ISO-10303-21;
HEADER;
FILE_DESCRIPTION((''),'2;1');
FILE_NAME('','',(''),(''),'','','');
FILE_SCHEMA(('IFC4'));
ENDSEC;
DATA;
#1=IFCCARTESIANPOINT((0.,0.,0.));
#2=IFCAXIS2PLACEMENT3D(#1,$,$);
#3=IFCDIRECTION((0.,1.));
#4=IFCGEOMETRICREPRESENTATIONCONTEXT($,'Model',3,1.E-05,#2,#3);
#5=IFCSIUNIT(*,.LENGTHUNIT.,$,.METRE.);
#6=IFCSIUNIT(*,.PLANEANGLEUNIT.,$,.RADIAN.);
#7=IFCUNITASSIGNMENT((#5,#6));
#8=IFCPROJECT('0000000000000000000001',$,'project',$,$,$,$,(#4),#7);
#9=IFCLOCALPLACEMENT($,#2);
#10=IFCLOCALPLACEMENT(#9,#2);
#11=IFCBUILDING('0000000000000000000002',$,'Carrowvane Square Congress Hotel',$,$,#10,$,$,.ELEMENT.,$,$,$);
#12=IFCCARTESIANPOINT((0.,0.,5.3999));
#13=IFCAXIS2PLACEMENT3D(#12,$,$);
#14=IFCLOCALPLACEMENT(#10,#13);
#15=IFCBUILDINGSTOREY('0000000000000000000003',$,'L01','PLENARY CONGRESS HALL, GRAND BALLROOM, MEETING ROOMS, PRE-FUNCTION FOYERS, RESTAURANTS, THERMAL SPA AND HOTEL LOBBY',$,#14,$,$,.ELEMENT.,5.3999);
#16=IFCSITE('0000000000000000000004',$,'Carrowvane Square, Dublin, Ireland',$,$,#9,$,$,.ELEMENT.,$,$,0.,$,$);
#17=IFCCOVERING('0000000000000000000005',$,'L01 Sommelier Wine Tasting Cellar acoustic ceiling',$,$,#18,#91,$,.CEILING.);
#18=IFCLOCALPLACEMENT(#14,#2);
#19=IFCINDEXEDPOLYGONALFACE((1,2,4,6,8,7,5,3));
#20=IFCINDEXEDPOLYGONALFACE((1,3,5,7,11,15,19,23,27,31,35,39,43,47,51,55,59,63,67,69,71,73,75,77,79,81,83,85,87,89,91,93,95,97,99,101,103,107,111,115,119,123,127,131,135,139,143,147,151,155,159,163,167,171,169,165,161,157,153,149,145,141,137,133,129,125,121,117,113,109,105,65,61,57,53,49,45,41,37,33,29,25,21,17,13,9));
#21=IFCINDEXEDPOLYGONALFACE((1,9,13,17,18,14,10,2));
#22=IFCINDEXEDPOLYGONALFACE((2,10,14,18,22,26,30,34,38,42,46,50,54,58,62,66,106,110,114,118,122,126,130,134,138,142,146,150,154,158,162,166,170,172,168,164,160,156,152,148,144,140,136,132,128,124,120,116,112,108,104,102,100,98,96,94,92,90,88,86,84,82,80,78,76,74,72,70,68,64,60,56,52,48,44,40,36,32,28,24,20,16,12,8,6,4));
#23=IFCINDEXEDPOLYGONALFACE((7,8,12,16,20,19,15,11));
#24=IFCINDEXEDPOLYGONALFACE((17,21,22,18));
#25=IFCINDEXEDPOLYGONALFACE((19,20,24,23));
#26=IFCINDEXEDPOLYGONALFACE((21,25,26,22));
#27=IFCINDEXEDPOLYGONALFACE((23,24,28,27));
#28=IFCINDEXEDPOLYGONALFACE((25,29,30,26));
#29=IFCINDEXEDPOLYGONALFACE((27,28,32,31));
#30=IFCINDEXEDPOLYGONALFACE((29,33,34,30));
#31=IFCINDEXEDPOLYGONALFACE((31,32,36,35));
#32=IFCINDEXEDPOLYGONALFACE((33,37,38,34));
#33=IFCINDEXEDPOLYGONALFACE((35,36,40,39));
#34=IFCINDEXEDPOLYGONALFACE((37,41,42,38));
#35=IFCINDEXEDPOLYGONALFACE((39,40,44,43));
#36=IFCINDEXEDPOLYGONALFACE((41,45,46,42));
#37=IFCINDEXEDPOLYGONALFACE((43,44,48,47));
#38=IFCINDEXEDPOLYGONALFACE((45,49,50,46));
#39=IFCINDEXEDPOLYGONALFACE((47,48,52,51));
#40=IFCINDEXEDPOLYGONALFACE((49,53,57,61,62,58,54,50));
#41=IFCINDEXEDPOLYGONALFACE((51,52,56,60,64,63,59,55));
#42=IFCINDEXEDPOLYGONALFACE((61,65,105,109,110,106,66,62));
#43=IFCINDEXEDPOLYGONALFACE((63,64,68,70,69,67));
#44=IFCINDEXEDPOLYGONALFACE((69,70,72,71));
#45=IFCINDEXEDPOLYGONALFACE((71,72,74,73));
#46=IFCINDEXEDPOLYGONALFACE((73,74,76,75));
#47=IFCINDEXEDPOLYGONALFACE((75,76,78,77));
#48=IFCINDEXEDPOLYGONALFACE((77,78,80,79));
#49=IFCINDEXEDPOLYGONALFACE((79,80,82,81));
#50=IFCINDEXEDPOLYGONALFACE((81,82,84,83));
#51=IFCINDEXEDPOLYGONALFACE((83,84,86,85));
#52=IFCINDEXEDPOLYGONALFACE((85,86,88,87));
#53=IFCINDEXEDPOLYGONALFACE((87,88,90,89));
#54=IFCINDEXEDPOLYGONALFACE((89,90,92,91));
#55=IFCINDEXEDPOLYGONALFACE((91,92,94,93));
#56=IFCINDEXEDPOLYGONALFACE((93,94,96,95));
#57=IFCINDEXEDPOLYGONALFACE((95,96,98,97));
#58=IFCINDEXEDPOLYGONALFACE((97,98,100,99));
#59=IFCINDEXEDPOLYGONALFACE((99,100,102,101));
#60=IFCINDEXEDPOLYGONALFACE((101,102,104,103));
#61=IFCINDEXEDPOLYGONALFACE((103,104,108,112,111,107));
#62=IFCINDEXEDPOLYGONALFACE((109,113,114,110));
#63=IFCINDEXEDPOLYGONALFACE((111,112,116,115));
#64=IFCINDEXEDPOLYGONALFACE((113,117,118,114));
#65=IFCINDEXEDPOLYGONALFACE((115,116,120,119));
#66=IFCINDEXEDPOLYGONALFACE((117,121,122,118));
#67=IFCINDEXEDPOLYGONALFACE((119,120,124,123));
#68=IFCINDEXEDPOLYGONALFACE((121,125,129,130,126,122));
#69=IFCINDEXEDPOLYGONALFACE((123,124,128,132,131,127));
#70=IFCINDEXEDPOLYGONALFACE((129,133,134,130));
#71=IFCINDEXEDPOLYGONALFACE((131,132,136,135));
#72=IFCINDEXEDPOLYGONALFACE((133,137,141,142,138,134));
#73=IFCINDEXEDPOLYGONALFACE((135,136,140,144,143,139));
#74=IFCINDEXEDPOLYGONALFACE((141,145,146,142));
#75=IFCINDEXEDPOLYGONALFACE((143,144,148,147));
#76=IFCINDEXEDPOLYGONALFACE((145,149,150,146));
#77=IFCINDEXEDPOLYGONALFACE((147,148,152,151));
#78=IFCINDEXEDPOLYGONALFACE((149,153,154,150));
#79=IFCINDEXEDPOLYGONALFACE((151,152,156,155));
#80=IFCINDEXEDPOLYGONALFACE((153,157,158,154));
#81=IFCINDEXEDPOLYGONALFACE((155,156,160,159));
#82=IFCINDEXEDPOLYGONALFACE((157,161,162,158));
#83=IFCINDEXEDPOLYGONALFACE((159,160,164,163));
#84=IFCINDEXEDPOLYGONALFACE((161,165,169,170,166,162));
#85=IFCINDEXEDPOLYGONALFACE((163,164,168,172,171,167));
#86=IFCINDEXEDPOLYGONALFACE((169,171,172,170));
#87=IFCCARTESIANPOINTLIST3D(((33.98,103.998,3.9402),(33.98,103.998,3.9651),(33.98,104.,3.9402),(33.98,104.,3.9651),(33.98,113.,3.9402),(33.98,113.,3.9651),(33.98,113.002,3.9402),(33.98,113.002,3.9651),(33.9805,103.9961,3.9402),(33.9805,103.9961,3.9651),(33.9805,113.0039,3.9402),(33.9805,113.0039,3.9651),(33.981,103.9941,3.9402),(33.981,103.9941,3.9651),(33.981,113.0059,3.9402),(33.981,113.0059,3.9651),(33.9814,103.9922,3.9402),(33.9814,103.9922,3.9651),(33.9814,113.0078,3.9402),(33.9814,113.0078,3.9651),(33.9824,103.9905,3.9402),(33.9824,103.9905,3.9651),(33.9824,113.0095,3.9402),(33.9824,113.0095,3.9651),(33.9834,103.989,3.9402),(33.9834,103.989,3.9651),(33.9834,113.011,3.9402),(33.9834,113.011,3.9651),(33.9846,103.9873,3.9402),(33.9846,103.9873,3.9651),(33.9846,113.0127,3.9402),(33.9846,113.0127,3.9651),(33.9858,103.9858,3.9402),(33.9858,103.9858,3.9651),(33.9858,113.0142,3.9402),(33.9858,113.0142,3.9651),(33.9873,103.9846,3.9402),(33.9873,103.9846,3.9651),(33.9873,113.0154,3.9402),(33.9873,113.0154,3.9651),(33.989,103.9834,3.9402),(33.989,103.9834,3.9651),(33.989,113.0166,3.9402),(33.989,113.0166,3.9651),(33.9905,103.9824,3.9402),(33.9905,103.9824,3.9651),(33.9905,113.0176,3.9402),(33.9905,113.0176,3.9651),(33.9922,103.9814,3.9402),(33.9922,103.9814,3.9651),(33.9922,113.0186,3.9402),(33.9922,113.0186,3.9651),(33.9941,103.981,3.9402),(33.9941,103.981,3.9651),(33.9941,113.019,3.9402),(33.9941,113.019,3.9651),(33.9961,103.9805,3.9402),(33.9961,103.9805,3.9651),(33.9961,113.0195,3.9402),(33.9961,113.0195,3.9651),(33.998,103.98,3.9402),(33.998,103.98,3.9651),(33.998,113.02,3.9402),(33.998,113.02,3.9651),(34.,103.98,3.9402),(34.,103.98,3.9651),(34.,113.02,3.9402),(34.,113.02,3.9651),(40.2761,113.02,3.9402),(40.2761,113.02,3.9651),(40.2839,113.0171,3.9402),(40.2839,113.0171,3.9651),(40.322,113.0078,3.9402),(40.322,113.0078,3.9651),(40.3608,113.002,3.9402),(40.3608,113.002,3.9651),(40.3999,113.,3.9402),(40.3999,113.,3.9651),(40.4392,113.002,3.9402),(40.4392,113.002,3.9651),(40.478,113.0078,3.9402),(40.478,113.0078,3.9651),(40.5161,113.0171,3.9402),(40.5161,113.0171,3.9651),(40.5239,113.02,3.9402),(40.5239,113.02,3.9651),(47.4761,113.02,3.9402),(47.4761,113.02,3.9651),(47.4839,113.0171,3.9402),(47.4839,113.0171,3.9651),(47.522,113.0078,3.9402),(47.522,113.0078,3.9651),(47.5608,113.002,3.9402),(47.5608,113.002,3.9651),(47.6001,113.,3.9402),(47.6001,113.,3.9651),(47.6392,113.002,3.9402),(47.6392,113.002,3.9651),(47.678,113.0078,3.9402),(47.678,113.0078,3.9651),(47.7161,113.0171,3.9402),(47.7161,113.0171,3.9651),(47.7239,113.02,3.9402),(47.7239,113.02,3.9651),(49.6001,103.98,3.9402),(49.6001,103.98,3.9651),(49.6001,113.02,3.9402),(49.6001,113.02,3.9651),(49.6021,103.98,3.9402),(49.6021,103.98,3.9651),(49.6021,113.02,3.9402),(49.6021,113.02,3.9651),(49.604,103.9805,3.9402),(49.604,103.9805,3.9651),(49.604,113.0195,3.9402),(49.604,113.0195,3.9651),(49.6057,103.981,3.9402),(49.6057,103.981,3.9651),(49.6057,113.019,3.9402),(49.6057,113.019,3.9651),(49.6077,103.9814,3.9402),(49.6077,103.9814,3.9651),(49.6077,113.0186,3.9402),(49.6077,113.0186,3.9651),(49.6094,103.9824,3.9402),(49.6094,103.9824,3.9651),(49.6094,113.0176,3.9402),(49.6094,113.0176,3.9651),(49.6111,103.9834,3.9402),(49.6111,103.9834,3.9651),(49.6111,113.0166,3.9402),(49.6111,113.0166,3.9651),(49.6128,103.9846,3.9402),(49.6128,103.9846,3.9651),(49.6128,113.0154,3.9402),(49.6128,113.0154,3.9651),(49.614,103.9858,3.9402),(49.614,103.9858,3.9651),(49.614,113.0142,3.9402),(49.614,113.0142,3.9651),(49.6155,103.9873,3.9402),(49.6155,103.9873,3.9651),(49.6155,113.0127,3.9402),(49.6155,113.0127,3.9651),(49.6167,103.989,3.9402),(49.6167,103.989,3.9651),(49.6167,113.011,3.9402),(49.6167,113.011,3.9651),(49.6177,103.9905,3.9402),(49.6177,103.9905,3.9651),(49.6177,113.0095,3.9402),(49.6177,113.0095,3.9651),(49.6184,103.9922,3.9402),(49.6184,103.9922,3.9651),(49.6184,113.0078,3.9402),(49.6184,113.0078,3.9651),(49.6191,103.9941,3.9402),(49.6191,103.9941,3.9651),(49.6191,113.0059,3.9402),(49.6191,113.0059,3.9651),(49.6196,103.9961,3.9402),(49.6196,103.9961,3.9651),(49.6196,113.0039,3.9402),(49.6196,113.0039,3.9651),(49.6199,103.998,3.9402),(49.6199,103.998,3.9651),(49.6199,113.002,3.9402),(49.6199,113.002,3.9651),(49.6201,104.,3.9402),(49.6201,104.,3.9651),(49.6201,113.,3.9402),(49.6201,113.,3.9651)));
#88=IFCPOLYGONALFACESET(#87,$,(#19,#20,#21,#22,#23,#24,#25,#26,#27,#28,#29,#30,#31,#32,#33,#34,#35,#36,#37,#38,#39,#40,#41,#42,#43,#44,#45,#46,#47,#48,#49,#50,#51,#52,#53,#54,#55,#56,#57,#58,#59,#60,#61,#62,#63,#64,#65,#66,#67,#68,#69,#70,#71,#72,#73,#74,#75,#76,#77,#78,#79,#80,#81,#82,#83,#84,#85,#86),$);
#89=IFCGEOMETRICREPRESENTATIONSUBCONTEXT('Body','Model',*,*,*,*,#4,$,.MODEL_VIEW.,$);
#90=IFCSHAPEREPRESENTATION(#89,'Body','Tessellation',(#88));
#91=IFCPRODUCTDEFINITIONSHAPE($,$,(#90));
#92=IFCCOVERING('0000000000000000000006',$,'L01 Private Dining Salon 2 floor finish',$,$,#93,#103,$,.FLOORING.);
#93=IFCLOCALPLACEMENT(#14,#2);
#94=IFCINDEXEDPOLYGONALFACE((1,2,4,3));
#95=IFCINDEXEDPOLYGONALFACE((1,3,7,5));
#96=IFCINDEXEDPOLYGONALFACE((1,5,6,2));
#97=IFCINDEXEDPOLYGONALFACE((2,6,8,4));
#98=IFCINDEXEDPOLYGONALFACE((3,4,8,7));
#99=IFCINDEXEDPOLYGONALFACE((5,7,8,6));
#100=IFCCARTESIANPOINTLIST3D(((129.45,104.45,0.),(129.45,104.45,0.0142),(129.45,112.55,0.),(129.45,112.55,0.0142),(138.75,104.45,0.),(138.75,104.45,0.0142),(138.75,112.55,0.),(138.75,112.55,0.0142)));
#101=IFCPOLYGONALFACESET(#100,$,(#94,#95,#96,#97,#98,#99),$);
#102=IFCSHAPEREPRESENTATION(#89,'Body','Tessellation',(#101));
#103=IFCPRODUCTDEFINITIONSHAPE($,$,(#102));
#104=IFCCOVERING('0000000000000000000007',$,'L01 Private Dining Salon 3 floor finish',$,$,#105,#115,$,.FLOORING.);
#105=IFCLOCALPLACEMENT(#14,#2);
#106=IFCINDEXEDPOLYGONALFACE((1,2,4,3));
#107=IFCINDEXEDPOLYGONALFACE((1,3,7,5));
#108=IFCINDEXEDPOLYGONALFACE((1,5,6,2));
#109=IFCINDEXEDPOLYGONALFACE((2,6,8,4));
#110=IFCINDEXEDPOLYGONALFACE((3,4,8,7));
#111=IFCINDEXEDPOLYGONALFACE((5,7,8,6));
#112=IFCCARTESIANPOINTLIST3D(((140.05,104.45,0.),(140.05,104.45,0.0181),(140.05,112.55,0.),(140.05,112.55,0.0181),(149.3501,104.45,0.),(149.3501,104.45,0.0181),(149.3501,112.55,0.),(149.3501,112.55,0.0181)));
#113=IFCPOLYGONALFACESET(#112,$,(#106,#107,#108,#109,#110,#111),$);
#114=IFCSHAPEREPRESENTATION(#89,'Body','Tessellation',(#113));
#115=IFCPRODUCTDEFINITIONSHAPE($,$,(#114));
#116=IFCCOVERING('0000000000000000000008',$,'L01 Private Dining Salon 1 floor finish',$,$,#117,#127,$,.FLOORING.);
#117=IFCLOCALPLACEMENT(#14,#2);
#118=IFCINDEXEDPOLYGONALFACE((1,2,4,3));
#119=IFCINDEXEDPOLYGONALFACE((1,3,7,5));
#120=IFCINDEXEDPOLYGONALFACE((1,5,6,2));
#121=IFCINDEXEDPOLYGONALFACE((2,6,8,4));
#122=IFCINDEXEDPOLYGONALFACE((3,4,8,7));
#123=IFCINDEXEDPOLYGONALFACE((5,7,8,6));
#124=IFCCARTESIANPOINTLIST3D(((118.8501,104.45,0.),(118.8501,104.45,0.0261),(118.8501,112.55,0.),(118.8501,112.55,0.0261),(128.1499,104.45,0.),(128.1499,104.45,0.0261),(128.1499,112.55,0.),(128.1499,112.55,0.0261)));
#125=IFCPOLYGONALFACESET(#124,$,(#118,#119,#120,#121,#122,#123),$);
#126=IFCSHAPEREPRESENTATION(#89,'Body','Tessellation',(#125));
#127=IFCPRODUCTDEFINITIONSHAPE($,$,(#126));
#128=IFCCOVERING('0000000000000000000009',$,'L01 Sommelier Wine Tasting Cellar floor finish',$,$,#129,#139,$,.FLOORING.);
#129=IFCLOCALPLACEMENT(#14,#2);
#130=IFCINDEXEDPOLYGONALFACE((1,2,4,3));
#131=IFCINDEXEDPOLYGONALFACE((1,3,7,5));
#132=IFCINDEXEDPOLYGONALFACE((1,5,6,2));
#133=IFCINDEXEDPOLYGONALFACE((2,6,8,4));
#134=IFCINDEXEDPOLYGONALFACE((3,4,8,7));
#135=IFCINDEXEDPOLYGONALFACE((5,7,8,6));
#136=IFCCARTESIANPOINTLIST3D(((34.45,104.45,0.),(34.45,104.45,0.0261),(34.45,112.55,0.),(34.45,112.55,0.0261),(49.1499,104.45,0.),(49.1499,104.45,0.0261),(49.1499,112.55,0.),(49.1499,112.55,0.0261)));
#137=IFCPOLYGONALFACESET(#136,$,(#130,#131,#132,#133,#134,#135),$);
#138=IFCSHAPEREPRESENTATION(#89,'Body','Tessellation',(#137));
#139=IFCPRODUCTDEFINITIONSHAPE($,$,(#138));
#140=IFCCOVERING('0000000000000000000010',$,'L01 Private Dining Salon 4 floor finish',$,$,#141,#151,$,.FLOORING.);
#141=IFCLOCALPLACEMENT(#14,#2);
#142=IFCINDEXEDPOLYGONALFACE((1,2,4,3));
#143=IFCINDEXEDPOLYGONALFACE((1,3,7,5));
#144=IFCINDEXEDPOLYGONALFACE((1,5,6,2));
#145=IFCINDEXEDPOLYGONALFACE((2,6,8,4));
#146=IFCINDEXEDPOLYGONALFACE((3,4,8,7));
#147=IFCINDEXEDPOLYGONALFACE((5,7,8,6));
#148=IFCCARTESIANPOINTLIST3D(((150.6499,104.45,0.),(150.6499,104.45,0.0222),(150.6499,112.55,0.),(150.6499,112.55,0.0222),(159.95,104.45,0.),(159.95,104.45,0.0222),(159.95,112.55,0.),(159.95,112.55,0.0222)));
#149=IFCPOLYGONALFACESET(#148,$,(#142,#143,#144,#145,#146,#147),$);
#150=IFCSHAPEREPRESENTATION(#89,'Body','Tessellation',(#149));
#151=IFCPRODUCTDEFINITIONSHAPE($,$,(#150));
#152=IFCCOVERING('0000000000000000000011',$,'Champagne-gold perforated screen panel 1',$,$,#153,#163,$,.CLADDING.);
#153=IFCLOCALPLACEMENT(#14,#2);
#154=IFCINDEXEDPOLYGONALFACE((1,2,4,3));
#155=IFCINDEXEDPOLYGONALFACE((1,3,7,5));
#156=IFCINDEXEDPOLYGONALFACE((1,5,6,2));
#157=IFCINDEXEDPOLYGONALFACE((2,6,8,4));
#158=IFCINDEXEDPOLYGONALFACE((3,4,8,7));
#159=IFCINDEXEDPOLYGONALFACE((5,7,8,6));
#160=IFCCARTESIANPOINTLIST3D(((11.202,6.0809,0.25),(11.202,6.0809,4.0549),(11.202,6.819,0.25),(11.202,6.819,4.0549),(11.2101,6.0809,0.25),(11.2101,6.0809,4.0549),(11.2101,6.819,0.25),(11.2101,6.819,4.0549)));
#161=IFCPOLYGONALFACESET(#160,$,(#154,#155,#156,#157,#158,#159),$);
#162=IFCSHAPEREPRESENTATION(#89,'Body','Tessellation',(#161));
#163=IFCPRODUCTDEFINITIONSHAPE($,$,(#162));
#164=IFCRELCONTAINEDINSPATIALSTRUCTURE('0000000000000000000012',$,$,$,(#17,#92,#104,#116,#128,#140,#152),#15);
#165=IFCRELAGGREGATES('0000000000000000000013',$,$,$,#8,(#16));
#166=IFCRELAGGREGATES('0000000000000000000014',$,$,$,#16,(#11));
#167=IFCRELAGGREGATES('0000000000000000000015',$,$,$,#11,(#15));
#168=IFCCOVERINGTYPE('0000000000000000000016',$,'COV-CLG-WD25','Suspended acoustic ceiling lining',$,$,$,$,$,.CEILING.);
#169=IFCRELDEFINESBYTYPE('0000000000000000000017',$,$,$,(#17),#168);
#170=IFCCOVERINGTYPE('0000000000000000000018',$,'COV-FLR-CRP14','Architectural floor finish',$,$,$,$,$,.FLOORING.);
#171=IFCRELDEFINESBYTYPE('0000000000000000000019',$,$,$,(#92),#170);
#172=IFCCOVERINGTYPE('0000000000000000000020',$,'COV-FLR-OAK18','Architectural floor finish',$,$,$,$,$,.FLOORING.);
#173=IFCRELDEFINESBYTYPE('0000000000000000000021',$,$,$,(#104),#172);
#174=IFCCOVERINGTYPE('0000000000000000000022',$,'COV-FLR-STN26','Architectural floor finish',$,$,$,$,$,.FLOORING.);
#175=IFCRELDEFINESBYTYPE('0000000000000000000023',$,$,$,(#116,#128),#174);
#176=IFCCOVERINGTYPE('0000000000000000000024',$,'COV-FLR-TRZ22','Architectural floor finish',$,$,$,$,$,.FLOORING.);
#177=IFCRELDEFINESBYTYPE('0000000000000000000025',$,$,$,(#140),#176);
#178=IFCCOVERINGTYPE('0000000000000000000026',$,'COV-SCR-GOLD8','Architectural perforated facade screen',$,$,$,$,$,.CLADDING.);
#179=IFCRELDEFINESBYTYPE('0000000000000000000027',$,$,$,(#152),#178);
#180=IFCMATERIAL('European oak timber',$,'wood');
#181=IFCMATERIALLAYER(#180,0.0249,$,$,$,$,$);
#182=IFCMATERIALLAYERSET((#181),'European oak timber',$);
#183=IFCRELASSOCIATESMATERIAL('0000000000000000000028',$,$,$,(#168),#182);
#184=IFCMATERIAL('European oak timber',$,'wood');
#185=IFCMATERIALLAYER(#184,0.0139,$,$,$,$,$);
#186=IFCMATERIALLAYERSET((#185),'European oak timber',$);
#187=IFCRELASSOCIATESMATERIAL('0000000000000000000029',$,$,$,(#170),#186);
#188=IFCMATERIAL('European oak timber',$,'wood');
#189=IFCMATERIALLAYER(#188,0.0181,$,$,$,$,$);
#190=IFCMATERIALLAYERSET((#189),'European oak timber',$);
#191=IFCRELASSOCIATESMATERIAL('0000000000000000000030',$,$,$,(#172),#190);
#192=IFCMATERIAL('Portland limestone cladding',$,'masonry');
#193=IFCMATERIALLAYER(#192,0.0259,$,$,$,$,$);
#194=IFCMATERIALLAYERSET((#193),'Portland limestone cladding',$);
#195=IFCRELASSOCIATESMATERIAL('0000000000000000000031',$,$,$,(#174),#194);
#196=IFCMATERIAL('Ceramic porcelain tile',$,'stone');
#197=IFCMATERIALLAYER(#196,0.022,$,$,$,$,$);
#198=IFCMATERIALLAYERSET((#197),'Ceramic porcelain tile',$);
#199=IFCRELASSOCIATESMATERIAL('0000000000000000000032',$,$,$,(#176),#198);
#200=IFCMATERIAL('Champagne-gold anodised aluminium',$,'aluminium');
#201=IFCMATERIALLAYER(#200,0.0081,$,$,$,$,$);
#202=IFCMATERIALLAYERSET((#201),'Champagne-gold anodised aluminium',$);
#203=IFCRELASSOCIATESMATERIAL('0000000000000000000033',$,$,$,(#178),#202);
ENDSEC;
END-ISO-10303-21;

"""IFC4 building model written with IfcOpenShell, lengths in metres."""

from ifc_helpers import new_model, si_unit, direction, frame, origin, origin_2d, place, context, subcontext, project, spatial, polyline, rectangle, outline, extrude, material, layer, layer_set, type_object, element, save


model = new_model("IFC4")

# Units and contexts
model_context = context("Model", 3, precision=1e-05, world=origin(), true_north=direction((0.0, 1.0)))
body_context = subcontext(model_context, "Body", "Model", "MODEL_VIEW")
ifc_project = project(units=[si_unit("LENGTHUNIT", "METRE"), si_unit("PLANEANGLEUNIT", "RADIAN")], contexts=[model_context])

# Site, building, storey
site_placement = place(None, origin())
site = spatial("IfcSite", under=ifc_project, at=site_placement, Name="Carrowvane Square, Dublin, Ireland", CompositionType="ELEMENT", RefElevation=0.0)
building_placement = place(site_placement, origin())
building = spatial("IfcBuilding", under=site, at=building_placement, Name="Carrowvane Square Congress Hotel", CompositionType="ELEMENT")
storey_placement = place(building_placement, frame((0.0, 0.0, 5.3999)))
storey = spatial("IfcBuildingStorey", under=building, at=storey_placement, Name="L01", Description="PLENARY CONGRESS HALL, GRAND BALLROOM, MEETING ROOMS, PRE-FUNCTION FOYERS, RESTAURANTS, THERMAL SPA AND HOTEL LOBBY", CompositionType="ELEMENT", Elevation=5.3999)

# Coverings
ifc_material_1 = material(Name="European oak timber", Category="wood")
ifc_layer_1 = layer(ifc_material_1, 0.0249)
ifc_layer_set_1 = layer_set([ifc_layer_1], Name="European oak timber")
covering_type_1 = type_object("IfcCoveringType", Name="COV-CLG-WD25", Description="Suspended acoustic ceiling lining", PredefinedType="CEILING", material=ifc_layer_set_1)
covering_1_placement = place(storey_placement, frame((0.0, 0.0, 3.9402)))
element("IfcCovering", 1, at=covering_1_placement, inside=storey, type_object=covering_type_1, Name="L01 Sommelier Wine Tasting Cellar acoustic ceiling", PredefinedType="CEILING", context=body_context, shape_type="SweptSolid", body=[
    extrude(outline(polyline([(47.7161, 113.0171), (47.7239, 113.02), (49.6001, 113.02), (49.6021, 113.02), (49.604, 113.0195), (49.6057, 113.019), (49.6077, 113.0186), (49.6094, 113.0176), (49.6111, 113.0166), (49.6128, 113.0154), (49.614, 113.0142), (49.6155, 113.0127), (49.6167, 113.011), (49.6177, 113.0095), (49.6184, 113.0078), (49.6191, 113.0059), (49.6196, 113.0039), (49.6199, 113.002), (49.6201, 113.0), (49.6201, 104.0), (49.6199, 103.998), (49.6196, 103.9961), (49.6191, 103.9941), (49.6184, 103.9922), (49.6177, 103.9905), (49.6167, 103.989), (49.6155, 103.9873), (49.614, 103.9858), (49.6128, 103.9846), (49.6111, 103.9834), (49.6094, 103.9824), (49.6077, 103.9814), (49.6057, 103.981), (49.604, 103.9805), (49.6021, 103.98), (49.6001, 103.98), (34.0, 103.98), (33.998, 103.98), (33.9961, 103.9805), (33.9941, 103.981), (33.9922, 103.9814), (33.9905, 103.9824), (33.989, 103.9834), (33.9873, 103.9846), (33.9858, 103.9858), (33.9846, 103.9873), (33.9834, 103.989), (33.9824, 103.9905), (33.9814, 103.9922), (33.981, 103.9941), (33.9805, 103.9961), (33.98, 103.998), (33.98, 104.0), (33.98, 113.0), (33.98, 113.002), (33.9805, 113.0039), (33.981, 113.0059), (33.9814, 113.0078), (33.9824, 113.0095), (33.9834, 113.011), (33.9846, 113.0127), (33.9858, 113.0142), (33.9873, 113.0154), (33.989, 113.0166), (33.9905, 113.0176), (33.9922, 113.0186), (33.9941, 113.019), (33.9961, 113.0195), (33.998, 113.02), (34.0, 113.02), (40.2761, 113.02), (40.2839, 113.0171), (40.322, 113.0078), (40.3608, 113.002), (40.3999, 113.0), (40.4392, 113.002), (40.478, 113.0078), (40.5161, 113.0171), (40.5239, 113.02), (47.4761, 113.02), (47.4839, 113.0171), (47.522, 113.0078), (47.5608, 113.002), (47.6001, 113.0), (47.6392, 113.002), (47.678, 113.0078), (47.7161, 113.0171)])), origin(), (0.0, 0.0, 1.0), 0.0249),
])
ifc_material_2 = material(Name="European oak timber", Category="wood")
ifc_layer_2 = layer(ifc_material_2, 0.0139)
ifc_layer_set_2 = layer_set([ifc_layer_2], Name="European oak timber")
covering_type_2 = type_object("IfcCoveringType", Name="COV-FLR-CRP14", Description="Architectural floor finish", PredefinedType="FLOORING", material=ifc_layer_set_2)
covering_2_placement = place(storey_placement, origin())
element("IfcCovering", 2, at=covering_2_placement, inside=storey, type_object=covering_type_2, Name="L01 Private Dining Salon 2 floor finish", PredefinedType="FLOORING", context=body_context, shape_type="SweptSolid", body=[
    extrude(outline(polyline([(138.75, 112.55), (138.75, 104.45), (129.45, 104.45), (129.45, 112.55), (138.75, 112.55)])), origin(), (0.0, 0.0, 1.0), 0.0142),
])
ifc_material_3 = material(Name="European oak timber", Category="wood")
ifc_layer_3 = layer(ifc_material_3, 0.0181)
ifc_layer_set_3 = layer_set([ifc_layer_3], Name="European oak timber")
covering_type_3 = type_object("IfcCoveringType", Name="COV-FLR-OAK18", Description="Architectural floor finish", PredefinedType="FLOORING", material=ifc_layer_set_3)
covering_3_placement = place(storey_placement, origin())
element("IfcCovering", 3, at=covering_3_placement, inside=storey, type_object=covering_type_3, Name="L01 Private Dining Salon 3 floor finish", PredefinedType="FLOORING", context=body_context, shape_type="SweptSolid", body=[
    extrude(outline(polyline([(149.3501, 112.55), (149.3501, 104.45), (140.05, 104.45), (140.05, 112.55), (149.3501, 112.55)])), origin(), (0.0, 0.0, 1.0), 0.0181),
])
ifc_material_4 = material(Name="Portland limestone cladding", Category="masonry")
ifc_layer_4 = layer(ifc_material_4, 0.0259)
ifc_layer_set_4 = layer_set([ifc_layer_4], Name="Portland limestone cladding")
covering_type_4 = type_object("IfcCoveringType", Name="COV-FLR-STN26", Description="Architectural floor finish", PredefinedType="FLOORING", material=ifc_layer_set_4)
covering_4_placement = place(storey_placement, origin())
element("IfcCovering", 4, at=covering_4_placement, inside=storey, type_object=covering_type_4, Name="L01 Private Dining Salon 1 floor finish", PredefinedType="FLOORING", context=body_context, shape_type="SweptSolid", body=[
    extrude(outline(polyline([(128.1499, 112.55), (128.1499, 104.45), (118.8501, 104.45), (118.8501, 112.55), (128.1499, 112.55)])), origin(), (0.0, 0.0, 1.0), 0.0261),
])
covering_5_placement = place(storey_placement, origin())
element("IfcCovering", 5, at=covering_5_placement, inside=storey, type_object=covering_type_4, Name="L01 Sommelier Wine Tasting Cellar floor finish", PredefinedType="FLOORING", context=body_context, shape_type="SweptSolid", body=[
    extrude(outline(polyline([(49.1499, 112.55), (49.1499, 104.45), (34.45, 104.45), (34.45, 112.55), (49.1499, 112.55)])), origin(), (0.0, 0.0, 1.0), 0.0261),
])
ifc_material_5 = material(Name="Ceramic porcelain tile", Category="stone")
ifc_layer_5 = layer(ifc_material_5, 0.022)
ifc_layer_set_5 = layer_set([ifc_layer_5], Name="Ceramic porcelain tile")
covering_type_5 = type_object("IfcCoveringType", Name="COV-FLR-TRZ22", Description="Architectural floor finish", PredefinedType="FLOORING", material=ifc_layer_set_5)
covering_6_placement = place(storey_placement, origin())
element("IfcCovering", 6, at=covering_6_placement, inside=storey, type_object=covering_type_5, Name="L01 Private Dining Salon 4 floor finish", PredefinedType="FLOORING", context=body_context, shape_type="SweptSolid", body=[
    extrude(outline(polyline([(159.95, 112.55), (159.95, 104.45), (150.6499, 104.45), (150.6499, 112.55), (159.95, 112.55)])), origin(), (0.0, 0.0, 1.0), 0.0222),
])
ifc_material_6 = material(Name="Champagne-gold anodised aluminium", Category="aluminium")
ifc_layer_6 = layer(ifc_material_6, 0.0081)
ifc_layer_set_6 = layer_set([ifc_layer_6], Name="Champagne-gold anodised aluminium")
covering_type_6 = type_object("IfcCoveringType", Name="COV-SCR-GOLD8", Description="Architectural perforated facade screen", PredefinedType="CLADDING", material=ifc_layer_set_6)
for number, where, z_axis, x_axis, name in (
    (7, (11.2061, 6.45, 0.25), (0.0, 0.0, 1.0), (0.0, 1.0, 0.0), "Champagne-gold perforated screen panel 1"),
):
    element("IfcCovering", number, at=place(storey_placement, frame(where, z_axis=z_axis, x_axis=x_axis)), inside=storey, type_object=covering_type_6, Name=name, PredefinedType="CLADDING", context=body_context, shape_type="SweptSolid", body=[
        extrude(rectangle(XDim=0.738, YDim=0.0081, at=origin_2d()), origin(), (0.0, 0.0, 1.0), 3.8049),
    ])

save(model, "model.ifc")
